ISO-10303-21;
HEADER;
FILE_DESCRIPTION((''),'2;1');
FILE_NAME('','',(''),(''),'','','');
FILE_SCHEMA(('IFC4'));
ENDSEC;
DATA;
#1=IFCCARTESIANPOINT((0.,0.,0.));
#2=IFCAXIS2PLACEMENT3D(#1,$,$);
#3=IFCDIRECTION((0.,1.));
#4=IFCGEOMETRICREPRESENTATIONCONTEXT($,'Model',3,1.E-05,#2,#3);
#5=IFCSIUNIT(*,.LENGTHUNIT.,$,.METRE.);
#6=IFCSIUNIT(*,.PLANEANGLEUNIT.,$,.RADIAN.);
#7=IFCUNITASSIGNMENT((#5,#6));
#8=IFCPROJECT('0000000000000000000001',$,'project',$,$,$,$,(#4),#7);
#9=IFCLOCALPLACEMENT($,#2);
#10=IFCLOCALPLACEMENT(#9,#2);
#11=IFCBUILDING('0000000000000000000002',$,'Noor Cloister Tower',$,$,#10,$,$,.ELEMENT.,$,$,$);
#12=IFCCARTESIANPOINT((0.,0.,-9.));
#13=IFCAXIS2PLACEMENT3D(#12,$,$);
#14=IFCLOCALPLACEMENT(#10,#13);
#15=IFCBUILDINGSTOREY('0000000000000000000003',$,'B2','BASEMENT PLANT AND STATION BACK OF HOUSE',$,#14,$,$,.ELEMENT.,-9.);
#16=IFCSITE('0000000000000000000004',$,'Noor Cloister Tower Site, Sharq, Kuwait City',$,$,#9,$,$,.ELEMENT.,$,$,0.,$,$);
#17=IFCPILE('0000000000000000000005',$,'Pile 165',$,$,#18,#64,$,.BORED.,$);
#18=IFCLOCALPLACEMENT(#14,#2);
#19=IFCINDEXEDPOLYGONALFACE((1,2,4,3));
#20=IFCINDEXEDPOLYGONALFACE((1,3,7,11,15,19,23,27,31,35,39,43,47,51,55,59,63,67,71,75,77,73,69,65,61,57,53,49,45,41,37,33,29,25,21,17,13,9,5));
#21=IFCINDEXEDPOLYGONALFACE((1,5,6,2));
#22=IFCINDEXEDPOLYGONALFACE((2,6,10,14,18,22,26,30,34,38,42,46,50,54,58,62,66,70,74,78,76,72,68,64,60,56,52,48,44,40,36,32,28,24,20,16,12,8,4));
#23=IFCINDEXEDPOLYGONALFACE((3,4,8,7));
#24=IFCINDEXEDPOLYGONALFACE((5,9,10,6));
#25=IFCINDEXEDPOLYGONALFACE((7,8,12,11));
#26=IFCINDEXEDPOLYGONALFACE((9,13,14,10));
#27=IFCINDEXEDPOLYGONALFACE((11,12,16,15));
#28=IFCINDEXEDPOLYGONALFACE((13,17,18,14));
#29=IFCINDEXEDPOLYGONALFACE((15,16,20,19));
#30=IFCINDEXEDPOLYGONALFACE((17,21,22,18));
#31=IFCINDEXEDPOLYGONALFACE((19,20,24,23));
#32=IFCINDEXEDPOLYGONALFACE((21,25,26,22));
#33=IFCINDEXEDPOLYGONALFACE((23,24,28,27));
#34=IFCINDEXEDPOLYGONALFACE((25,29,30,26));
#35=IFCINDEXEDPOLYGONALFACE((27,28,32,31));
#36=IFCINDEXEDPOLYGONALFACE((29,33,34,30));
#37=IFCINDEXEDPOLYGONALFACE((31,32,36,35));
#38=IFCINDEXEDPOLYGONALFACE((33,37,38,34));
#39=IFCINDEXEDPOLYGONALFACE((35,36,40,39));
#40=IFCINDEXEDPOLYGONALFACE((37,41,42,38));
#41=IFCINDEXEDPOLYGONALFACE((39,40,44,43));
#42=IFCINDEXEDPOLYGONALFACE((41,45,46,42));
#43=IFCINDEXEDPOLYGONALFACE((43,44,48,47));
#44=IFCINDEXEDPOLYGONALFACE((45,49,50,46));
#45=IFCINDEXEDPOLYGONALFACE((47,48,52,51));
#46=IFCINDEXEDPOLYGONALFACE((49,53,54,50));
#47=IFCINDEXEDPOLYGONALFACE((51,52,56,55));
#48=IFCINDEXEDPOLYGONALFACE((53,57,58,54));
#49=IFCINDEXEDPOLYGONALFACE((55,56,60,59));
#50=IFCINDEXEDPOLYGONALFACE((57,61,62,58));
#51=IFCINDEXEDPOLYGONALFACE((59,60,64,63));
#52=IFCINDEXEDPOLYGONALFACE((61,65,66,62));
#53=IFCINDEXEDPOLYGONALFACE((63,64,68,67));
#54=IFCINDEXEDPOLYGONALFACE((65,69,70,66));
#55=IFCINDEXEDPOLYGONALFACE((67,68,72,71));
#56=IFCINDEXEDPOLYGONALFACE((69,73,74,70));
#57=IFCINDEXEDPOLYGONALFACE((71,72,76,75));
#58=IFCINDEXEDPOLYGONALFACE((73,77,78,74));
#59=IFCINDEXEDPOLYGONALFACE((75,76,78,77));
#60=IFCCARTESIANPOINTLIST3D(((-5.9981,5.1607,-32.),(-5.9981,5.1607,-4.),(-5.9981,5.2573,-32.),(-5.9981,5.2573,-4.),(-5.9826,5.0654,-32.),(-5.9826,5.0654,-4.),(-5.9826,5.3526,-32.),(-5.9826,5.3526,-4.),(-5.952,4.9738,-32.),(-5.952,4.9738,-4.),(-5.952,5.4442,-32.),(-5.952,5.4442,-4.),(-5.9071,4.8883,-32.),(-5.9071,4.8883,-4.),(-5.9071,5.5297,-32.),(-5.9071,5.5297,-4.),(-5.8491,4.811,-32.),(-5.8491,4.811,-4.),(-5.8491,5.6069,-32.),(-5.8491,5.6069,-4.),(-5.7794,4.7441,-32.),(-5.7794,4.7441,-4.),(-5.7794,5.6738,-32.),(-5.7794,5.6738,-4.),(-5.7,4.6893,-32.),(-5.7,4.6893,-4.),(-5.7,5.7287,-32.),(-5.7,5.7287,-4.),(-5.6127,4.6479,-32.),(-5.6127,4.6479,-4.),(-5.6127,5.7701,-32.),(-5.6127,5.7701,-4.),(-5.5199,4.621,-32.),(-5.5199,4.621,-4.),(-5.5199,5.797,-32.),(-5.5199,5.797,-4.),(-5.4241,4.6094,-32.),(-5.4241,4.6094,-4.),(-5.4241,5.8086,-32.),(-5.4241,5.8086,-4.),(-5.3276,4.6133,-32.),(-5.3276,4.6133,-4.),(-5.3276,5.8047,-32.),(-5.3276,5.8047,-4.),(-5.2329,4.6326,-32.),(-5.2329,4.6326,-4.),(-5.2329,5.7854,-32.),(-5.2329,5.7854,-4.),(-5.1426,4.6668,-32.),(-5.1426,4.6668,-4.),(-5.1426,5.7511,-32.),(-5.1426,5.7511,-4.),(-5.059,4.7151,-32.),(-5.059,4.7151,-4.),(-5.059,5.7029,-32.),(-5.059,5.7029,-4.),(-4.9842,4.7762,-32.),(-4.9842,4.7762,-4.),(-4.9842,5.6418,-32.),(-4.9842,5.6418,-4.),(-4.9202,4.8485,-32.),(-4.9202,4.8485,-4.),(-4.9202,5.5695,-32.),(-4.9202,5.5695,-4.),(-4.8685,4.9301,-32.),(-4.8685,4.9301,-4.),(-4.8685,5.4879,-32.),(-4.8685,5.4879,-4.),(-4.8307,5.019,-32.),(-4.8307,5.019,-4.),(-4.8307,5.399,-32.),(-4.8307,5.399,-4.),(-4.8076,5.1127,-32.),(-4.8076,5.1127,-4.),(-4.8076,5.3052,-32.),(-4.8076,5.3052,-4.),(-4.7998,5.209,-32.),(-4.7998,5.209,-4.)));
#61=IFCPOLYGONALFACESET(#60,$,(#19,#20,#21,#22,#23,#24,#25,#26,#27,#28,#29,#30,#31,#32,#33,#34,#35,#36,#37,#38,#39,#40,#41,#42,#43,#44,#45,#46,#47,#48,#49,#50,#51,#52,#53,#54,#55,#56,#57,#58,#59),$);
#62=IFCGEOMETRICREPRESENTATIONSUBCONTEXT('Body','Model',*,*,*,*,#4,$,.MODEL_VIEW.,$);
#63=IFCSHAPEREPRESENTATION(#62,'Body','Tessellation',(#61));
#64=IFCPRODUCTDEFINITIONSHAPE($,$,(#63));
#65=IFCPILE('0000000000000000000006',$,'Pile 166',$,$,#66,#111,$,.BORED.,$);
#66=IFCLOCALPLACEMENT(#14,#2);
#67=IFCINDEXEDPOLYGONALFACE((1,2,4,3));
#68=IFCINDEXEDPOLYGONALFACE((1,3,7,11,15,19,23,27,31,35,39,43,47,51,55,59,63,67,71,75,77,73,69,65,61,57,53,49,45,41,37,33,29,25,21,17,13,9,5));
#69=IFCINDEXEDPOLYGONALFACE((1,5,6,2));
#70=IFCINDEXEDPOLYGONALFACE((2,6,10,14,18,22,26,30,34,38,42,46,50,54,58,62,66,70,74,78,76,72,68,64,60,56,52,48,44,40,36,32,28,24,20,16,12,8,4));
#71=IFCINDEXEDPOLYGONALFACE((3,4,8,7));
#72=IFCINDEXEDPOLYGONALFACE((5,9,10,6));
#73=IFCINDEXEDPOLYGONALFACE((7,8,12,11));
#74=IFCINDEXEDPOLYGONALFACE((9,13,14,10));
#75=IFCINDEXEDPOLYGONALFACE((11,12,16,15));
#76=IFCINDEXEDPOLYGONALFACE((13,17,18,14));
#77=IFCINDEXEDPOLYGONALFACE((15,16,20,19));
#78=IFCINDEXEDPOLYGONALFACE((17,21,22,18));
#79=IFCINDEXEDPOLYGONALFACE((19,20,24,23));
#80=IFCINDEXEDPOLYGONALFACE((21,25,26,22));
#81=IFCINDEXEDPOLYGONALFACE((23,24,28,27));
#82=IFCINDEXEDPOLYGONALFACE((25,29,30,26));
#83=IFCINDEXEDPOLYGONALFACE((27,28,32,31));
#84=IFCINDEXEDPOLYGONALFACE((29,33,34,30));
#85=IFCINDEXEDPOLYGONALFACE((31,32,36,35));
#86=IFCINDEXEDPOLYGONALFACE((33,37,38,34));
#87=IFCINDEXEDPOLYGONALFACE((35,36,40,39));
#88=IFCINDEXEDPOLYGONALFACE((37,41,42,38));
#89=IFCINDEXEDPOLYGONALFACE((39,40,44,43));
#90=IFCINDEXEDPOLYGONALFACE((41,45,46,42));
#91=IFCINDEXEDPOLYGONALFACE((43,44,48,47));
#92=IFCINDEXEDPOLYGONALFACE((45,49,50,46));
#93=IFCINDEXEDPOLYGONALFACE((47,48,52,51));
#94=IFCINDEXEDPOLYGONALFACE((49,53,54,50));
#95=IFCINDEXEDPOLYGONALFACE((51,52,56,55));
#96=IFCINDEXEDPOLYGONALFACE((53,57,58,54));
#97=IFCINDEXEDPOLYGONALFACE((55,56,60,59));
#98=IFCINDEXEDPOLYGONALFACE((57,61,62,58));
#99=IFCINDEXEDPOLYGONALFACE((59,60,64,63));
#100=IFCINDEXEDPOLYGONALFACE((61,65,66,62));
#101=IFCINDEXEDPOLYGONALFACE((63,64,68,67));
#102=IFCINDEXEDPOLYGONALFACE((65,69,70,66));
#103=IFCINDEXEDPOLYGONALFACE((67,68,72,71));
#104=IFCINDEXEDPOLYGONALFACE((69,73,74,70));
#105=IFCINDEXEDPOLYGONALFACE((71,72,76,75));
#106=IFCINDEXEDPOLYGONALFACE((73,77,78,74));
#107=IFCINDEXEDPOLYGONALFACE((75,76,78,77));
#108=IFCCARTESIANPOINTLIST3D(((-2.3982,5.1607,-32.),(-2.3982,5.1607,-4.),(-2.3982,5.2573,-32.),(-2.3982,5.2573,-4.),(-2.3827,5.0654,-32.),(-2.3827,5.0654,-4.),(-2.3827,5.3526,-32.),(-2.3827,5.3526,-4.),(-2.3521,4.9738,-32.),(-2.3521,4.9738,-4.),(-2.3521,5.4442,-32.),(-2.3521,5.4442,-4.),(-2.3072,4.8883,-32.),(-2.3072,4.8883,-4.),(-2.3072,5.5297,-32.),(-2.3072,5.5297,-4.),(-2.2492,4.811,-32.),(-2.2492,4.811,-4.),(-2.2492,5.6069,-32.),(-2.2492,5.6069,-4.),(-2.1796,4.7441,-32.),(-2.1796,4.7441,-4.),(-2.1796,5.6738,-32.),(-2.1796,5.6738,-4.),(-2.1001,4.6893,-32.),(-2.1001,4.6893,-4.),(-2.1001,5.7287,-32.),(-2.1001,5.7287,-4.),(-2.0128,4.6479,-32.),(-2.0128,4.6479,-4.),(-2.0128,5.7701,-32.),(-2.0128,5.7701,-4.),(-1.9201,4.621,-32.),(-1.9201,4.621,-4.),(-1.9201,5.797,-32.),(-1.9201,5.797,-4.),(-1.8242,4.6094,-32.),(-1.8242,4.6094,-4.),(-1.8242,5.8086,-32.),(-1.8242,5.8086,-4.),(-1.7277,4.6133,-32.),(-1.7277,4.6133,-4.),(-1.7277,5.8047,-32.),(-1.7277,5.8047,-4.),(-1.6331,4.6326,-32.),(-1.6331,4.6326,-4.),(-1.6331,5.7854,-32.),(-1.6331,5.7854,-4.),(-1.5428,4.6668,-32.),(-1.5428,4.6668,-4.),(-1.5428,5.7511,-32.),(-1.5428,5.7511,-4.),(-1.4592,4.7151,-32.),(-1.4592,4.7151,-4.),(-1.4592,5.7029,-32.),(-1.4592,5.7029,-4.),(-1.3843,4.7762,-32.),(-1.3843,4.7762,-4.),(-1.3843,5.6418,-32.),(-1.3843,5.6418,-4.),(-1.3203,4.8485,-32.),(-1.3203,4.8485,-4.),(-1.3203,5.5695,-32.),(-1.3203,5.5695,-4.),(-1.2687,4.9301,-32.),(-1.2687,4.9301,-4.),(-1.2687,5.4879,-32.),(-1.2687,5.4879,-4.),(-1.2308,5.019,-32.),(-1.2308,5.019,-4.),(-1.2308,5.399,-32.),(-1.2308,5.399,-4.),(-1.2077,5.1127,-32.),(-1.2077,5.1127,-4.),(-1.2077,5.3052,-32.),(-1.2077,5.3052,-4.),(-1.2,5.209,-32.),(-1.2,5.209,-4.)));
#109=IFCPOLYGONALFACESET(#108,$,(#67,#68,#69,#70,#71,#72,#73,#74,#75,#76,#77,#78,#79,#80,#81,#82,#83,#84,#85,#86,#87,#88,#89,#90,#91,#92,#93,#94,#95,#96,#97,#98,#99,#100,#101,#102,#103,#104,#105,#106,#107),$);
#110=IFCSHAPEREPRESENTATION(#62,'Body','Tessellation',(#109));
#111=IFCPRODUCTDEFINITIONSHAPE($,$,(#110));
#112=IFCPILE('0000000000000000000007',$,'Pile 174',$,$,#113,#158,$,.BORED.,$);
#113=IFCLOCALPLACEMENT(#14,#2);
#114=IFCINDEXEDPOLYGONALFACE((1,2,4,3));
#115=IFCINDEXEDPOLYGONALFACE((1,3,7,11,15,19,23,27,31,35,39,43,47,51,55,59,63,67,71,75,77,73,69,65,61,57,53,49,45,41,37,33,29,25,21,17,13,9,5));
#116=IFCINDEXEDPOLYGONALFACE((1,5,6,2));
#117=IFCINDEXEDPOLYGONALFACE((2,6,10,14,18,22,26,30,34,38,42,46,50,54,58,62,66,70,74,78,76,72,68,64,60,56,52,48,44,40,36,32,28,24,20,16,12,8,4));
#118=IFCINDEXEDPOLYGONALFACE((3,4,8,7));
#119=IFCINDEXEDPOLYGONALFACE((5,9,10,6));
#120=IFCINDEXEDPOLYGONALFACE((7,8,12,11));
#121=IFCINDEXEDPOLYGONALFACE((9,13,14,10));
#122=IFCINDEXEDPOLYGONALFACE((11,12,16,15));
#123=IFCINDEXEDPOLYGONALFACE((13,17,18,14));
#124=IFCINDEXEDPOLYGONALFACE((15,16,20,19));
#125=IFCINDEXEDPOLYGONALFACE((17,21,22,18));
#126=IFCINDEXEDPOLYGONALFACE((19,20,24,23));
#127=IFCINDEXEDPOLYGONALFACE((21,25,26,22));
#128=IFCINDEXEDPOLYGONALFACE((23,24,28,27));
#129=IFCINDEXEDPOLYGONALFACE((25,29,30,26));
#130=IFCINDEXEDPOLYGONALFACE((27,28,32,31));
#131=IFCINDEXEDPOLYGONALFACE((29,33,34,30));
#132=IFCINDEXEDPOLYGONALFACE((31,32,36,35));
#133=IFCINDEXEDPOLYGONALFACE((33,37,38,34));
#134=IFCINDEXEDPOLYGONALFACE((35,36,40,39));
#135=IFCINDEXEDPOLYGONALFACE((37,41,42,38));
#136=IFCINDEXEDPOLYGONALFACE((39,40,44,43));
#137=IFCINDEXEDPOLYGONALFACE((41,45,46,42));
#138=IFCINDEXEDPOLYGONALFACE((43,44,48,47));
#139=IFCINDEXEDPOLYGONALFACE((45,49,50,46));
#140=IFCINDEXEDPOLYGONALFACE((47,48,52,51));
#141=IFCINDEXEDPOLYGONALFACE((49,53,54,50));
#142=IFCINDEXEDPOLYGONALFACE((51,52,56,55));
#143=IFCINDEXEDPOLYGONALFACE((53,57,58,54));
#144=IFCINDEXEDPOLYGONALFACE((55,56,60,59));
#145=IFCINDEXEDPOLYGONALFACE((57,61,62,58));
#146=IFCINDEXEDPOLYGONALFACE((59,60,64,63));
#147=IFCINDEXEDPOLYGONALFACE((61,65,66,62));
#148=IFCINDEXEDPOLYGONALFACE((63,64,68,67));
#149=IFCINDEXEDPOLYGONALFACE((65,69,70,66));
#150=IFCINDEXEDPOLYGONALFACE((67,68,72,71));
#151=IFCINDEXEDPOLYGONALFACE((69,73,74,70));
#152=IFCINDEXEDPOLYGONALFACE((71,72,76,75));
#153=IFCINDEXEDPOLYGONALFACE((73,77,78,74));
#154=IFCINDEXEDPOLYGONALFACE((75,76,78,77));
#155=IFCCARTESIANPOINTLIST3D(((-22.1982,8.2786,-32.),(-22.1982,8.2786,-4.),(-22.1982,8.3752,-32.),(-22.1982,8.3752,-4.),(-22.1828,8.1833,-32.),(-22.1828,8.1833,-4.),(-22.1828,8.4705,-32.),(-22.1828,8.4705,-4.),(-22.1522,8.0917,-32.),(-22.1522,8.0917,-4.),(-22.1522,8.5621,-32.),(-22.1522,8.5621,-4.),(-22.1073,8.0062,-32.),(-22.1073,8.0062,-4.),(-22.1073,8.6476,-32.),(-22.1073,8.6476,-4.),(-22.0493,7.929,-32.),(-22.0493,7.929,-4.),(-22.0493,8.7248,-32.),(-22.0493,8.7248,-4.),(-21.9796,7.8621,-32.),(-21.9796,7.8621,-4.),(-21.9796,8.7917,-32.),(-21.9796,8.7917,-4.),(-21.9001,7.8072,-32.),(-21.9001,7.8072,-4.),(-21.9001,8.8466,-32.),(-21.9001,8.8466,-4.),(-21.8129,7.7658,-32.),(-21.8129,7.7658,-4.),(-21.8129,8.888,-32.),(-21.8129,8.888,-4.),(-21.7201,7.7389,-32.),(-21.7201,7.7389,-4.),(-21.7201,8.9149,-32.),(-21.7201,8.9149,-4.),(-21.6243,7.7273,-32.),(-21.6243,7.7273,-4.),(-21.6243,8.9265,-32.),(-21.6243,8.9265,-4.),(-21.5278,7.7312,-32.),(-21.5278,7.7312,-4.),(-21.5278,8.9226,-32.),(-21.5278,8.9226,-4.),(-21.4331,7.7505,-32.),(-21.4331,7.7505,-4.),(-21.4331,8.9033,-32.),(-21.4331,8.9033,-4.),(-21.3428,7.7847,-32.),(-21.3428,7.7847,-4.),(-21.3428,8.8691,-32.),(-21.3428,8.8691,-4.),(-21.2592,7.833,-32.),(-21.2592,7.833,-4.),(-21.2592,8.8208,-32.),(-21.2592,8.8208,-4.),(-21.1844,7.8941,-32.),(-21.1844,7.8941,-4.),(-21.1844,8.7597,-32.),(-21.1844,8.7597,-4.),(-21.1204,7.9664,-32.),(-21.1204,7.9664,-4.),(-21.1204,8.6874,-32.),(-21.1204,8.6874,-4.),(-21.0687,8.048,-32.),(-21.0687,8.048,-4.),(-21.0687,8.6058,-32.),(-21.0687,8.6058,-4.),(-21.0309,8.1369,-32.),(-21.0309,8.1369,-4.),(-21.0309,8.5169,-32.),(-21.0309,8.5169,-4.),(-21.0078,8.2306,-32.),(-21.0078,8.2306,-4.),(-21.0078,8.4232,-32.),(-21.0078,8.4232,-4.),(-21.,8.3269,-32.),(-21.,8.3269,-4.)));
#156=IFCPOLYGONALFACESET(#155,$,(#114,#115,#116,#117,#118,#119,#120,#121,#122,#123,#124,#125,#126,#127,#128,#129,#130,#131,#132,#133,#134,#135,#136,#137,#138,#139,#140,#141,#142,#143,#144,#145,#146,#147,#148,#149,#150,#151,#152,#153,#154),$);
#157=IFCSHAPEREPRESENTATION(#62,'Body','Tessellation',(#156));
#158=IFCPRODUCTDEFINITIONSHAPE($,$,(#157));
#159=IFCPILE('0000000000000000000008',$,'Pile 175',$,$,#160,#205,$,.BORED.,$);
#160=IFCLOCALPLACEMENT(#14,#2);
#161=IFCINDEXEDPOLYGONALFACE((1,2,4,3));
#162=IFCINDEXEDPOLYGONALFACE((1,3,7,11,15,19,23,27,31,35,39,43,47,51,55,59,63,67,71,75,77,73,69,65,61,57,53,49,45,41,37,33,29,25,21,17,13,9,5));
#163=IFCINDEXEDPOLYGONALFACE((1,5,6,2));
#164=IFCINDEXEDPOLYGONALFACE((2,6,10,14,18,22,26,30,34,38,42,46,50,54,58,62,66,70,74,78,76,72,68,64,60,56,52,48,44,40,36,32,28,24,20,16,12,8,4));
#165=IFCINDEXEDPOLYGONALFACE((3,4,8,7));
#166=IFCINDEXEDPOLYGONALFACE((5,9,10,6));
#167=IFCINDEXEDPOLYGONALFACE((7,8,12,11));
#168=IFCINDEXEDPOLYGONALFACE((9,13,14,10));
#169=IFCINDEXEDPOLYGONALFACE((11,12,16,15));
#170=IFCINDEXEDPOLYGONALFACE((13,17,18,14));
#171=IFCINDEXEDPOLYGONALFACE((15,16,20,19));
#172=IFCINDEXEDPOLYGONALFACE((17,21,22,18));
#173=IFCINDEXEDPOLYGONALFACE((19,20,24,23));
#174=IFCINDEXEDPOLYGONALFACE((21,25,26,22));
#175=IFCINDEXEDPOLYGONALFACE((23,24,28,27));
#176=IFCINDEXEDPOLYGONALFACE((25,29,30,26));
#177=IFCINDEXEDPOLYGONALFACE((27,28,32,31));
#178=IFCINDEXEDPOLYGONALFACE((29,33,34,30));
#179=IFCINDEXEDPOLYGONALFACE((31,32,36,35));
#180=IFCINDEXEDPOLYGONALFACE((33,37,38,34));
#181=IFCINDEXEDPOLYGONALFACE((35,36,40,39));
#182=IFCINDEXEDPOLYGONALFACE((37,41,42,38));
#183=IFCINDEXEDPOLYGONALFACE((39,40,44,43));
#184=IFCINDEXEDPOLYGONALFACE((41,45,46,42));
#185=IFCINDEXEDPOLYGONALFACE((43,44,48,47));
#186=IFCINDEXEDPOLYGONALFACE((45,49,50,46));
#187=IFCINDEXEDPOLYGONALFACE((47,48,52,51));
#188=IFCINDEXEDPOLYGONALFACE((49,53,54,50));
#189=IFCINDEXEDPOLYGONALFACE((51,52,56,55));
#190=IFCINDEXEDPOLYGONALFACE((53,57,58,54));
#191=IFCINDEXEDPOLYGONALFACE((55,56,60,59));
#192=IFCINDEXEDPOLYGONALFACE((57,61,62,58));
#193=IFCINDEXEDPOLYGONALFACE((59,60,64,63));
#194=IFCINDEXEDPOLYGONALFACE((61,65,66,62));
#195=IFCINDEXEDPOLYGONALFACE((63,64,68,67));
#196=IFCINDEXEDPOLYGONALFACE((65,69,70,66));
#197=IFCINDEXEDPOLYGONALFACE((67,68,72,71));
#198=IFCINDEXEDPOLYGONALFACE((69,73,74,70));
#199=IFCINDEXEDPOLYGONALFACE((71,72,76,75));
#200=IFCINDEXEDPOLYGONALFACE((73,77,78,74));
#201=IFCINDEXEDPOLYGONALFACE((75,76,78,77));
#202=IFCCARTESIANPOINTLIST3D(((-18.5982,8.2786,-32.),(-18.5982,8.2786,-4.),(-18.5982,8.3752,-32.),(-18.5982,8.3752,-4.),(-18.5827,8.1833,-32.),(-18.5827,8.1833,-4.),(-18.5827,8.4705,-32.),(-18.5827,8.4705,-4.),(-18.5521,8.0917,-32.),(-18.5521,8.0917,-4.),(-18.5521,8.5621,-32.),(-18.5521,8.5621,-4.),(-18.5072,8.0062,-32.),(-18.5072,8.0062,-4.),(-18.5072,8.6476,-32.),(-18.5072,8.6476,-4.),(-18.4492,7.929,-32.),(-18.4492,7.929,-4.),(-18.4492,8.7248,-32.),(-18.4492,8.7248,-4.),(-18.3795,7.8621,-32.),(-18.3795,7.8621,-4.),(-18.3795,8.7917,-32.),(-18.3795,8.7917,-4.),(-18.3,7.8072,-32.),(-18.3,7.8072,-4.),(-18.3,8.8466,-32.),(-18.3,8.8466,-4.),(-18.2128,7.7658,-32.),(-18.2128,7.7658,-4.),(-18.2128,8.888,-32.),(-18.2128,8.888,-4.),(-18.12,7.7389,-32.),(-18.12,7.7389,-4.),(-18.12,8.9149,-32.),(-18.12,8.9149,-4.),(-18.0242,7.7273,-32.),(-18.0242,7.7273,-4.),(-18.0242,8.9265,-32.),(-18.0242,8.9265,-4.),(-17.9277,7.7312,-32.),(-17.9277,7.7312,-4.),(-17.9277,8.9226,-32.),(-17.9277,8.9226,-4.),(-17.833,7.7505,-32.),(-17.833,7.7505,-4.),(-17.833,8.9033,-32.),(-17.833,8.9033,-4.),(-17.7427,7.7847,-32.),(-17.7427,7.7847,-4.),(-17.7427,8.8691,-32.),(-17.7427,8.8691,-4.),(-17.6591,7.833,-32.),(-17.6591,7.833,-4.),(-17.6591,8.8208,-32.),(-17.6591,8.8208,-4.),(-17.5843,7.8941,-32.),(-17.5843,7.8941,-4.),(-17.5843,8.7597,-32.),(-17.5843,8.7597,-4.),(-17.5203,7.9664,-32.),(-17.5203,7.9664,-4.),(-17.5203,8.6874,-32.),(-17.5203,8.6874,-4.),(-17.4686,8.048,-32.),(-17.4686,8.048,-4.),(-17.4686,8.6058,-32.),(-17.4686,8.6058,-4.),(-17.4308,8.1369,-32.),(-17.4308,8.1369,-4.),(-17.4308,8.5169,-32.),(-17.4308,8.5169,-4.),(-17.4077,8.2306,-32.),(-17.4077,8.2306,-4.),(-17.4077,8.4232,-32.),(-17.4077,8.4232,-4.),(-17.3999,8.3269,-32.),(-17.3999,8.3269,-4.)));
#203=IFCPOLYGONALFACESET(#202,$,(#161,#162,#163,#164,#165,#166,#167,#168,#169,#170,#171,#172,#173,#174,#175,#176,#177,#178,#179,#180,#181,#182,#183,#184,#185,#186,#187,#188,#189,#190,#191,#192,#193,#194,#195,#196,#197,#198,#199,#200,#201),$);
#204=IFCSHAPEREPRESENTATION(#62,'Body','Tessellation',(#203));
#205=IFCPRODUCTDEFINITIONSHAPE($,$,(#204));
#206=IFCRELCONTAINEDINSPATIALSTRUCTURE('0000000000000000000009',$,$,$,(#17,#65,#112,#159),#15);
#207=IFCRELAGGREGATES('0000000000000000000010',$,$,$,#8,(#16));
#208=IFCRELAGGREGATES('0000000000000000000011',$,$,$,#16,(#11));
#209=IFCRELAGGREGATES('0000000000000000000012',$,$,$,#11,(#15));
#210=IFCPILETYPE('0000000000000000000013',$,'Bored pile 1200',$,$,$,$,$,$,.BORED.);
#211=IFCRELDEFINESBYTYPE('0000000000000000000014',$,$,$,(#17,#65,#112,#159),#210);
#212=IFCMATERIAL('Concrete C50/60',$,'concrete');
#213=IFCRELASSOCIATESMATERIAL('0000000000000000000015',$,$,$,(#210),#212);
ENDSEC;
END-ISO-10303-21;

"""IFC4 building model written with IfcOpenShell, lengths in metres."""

from ifc_helpers import new_model, si_unit, direction, frame, origin, origin_2d, place, context, subcontext, project, spatial, circle, extrude, material, material_profile, profile_set, type_object, element, save


model = new_model("IFC4")

# Units and contexts
model_context = context("Model", 3, precision=1e-05, world=origin(), true_north=direction((0.0, 1.0)))
body_context = subcontext(model_context, "Body", "Model", "MODEL_VIEW")
ifc_project = project(units=[si_unit("LENGTHUNIT", "METRE"), si_unit("PLANEANGLEUNIT", "RADIAN")], contexts=[model_context])

# Site, building, storey
site_placement = place(None, origin())
site = spatial("IfcSite", under=ifc_project, at=site_placement, Name="Noor Cloister Tower Site, Sharq, Kuwait City", CompositionType="ELEMENT", RefElevation=0.0)
building_placement = place(site_placement, origin())
building = spatial("IfcBuilding", under=site, at=building_placement, Name="Noor Cloister Tower", CompositionType="ELEMENT")
storey_placement = place(building_placement, frame((0.0, 0.0, -9.0)))
storey = spatial("IfcBuildingStorey", under=building, at=storey_placement, Name="B2", Description="BASEMENT PLANT AND STATION BACK OF HOUSE", CompositionType="ELEMENT", Elevation=-9.0)

# Piles
ifc_material_1 = material(Name="Concrete C50/60", Category="concrete")
ifc_material_profile_1 = material_profile(ifc_material_1, circle(Radius=0.6001, at=origin_2d()), Name="Bored pile 1200")
ifc_profile_set_1 = profile_set([ifc_material_profile_1], Name="Concrete C50/60")
pile_type = type_object("IfcPileType", Name="Bored pile 1200", PredefinedType="BORED", material=ifc_profile_set_1)
for number, where, z_axis, x_axis, name in (
    (1, (-5.3999, 5.209, -4.0), (0.0, 0.0, -1.0), (1.0, 0.0, 0.0), "Pile 165"),
    (2, (-1.8, 5.209, -4.0), (0.0, 0.0, -1.0), (1.0, 0.0, 0.0), "Pile 166"),
    (3, (-21.6001, 8.3269, -4.0), (0.0, 0.0, -1.0), (1.0, 0.0, 0.0), "Pile 174"),
    (4, (-18.0, 8.3269, -4.0), (0.0, 0.0, -1.0), (1.0, 0.0, 0.0), "Pile 175"),
):
    element("IfcPile", number, at=place(storey_placement, frame(where, z_axis=z_axis, x_axis=x_axis)), inside=storey, type_object=pile_type, Name=name, PredefinedType="BORED", context=body_context, shape_type="SweptSolid", body=[
        extrude(circle(Radius=0.6001, at=origin_2d()), origin(), (0.0, 0.0, 1.0), 28.0),
    ])

save(model, "model.ifc")
